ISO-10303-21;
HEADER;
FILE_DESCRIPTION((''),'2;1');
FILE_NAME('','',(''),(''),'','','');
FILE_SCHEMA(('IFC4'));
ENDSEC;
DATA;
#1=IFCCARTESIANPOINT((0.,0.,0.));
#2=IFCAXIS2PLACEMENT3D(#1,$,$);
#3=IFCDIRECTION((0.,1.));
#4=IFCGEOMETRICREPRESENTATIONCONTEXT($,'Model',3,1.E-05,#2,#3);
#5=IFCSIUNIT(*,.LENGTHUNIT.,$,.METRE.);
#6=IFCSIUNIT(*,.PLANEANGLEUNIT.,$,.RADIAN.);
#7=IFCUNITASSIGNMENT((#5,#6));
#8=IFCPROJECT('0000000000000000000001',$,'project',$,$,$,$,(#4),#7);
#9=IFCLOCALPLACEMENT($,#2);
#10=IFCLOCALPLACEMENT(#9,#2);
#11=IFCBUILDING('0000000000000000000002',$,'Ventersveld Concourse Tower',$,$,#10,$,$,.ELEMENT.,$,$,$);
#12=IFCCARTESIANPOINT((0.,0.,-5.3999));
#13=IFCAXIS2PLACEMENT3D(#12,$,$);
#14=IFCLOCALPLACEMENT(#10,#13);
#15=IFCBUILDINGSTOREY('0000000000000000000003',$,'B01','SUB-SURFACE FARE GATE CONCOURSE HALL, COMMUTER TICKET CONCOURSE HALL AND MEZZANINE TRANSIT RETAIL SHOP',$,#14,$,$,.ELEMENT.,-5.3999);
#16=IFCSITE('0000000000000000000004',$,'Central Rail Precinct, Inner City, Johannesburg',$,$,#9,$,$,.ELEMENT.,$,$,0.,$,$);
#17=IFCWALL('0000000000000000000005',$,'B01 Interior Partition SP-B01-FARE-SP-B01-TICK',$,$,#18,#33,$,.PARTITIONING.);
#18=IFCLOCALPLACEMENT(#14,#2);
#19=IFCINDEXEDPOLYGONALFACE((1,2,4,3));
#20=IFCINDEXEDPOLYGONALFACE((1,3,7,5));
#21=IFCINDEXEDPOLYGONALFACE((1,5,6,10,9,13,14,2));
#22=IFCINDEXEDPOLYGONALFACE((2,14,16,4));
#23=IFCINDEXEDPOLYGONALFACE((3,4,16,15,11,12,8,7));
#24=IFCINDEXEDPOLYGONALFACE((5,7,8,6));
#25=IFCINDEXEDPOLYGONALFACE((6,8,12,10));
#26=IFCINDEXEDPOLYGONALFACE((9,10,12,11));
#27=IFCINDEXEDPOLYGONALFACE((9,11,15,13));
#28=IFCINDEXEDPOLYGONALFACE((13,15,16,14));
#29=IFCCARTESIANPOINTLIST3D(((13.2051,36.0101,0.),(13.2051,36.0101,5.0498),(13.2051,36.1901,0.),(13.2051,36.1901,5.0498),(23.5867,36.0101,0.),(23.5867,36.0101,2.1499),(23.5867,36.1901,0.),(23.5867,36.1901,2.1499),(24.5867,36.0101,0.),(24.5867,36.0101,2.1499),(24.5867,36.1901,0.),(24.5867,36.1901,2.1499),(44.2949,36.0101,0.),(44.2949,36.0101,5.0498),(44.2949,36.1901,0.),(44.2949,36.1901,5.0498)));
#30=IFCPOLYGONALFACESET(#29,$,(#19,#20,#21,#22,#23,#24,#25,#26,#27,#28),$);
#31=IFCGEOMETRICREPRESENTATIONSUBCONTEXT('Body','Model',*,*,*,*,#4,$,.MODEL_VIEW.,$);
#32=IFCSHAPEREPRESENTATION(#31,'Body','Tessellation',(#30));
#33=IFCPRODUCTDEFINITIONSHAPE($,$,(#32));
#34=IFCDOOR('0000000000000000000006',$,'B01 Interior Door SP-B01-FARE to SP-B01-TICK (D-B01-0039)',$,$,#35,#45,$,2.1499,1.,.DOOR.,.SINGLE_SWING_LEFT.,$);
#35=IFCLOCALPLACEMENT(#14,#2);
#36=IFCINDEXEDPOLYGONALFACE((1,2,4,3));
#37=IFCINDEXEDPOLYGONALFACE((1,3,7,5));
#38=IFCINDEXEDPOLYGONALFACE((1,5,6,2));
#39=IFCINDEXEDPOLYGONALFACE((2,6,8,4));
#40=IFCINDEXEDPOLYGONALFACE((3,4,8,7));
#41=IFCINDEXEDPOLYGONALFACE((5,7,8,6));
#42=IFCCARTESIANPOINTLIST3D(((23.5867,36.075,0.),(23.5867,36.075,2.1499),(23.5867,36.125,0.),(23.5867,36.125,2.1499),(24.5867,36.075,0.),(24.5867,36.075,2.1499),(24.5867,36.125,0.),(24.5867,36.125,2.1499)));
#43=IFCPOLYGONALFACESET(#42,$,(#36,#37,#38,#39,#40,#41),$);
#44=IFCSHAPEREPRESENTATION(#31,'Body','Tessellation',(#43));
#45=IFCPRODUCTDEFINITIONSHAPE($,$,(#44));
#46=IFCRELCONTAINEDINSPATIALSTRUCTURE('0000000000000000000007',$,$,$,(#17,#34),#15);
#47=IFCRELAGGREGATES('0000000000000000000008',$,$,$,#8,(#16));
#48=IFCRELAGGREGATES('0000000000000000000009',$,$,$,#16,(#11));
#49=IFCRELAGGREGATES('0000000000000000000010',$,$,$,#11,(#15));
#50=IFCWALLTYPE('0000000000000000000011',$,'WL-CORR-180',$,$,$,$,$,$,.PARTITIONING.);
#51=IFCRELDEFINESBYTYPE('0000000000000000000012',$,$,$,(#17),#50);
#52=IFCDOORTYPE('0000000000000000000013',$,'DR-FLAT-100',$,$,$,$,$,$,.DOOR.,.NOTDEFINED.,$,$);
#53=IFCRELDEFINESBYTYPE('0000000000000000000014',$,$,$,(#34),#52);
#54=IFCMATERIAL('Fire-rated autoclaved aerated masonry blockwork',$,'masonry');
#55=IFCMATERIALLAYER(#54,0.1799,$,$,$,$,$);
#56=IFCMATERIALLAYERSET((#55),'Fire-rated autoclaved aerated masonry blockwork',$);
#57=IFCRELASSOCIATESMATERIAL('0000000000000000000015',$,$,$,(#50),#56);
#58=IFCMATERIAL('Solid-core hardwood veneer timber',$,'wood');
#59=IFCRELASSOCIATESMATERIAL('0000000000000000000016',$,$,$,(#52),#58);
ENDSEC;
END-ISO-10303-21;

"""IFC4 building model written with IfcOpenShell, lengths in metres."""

from ifc_helpers import new_model, si_unit, direction, frame, frame_2d, origin, place, context, subcontext, project, spatial, rectangle, extrude, material, layer, layer_set, type_object, element, fill, save


model = new_model("IFC4")

# Units and contexts
model_context = context("Model", 3, precision=1e-05, world=origin(), true_north=direction((0.0, 1.0)))
body_context = subcontext(model_context, "Body", "Model", "MODEL_VIEW")
ifc_project = project(units=[si_unit("LENGTHUNIT", "METRE"), si_unit("PLANEANGLEUNIT", "RADIAN")], contexts=[model_context])

# Site, building, storey
site_placement = place(None, origin())
site = spatial("IfcSite", under=ifc_project, at=site_placement, Name="Central Rail Precinct, Inner City, Johannesburg", CompositionType="ELEMENT", RefElevation=0.0)
building_placement = place(site_placement, origin())
building = spatial("IfcBuilding", under=site, at=building_placement, Name="Ventersveld Concourse Tower", CompositionType="ELEMENT")
storey_placement = place(building_placement, frame((0.0, 0.0, -5.3999)))
storey = spatial("IfcBuildingStorey", under=building, at=storey_placement, Name="B01", Description="SUB-SURFACE FARE GATE CONCOURSE HALL, COMMUTER TICKET CONCOURSE HALL AND MEZZANINE TRANSIT RETAIL SHOP", CompositionType="ELEMENT", Elevation=-5.3999)

# Wall, opening, door
ifc_material_1 = material(Name="Fire-rated autoclaved aerated masonry blockwork", Category="masonry")
ifc_layer = layer(ifc_material_1, 0.1799)
ifc_layer_set = layer_set([ifc_layer], Name="Fire-rated autoclaved aerated masonry blockwork")
wall_type = type_object("IfcWallType", Name="WL-CORR-180", PredefinedType="PARTITIONING", material=ifc_layer_set)
wall_placement = place(storey_placement, frame((13.2051, 36.1001, 0.0), z_axis=(0.0, 0.0, 1.0), x_axis=(1.0, 0.0, 0.0)))
wall = element("IfcWall", 1, at=wall_placement, inside=storey, type_object=wall_type, Name="B01 Interior Partition SP-B01-FARE-SP-B01-TICK", PredefinedType="PARTITIONING", context=body_context, shape_type="SweptSolid", body=[
    extrude(rectangle(XDim=31.0898, YDim=0.1799, at=frame_2d((15.5449, 0.0))), origin(), (0.0, 0.0, 1.0), 5.0498),
])
opening_placement = place(wall_placement, frame((10.3816, 0.0, 0.0)))
opening = element("IfcOpeningElement", 2, at=opening_placement, cuts=wall, PredefinedType="OPENING", context=body_context, shape_type="SweptSolid", body=[
    extrude(rectangle(XDim=1.0, YDim=2.1499, at=frame_2d((0.5, 1.075))), frame((0.0, 0.1001, 0.0), z_axis=(0.0, -1.0, 0.0), x_axis=(1.0, 0.0, 0.0)), (0.0, 0.0, 1.0), 0.2),
])
ifc_material_2 = material(Name="Solid-core hardwood veneer timber", Category="wood")
door_type = type_object("IfcDoorType", Name="DR-FLAT-100", OperationType="NOTDEFINED", PredefinedType="DOOR", material=ifc_material_2)
door_placement = place(opening_placement, origin())
door = element("IfcDoor", 3, at=door_placement, inside=storey, type_object=door_type, Name="B01 Interior Door SP-B01-FARE to SP-B01-TICK (D-B01-0039)", OperationType="SINGLE_SWING_LEFT", OverallHeight=2.1499, OverallWidth=1.0, PredefinedType="DOOR", context=body_context, shape_type="SweptSolid", body=[
    extrude(rectangle(XDim=1.0, YDim=2.1499, at=frame_2d((0.5, 1.075))), frame((0.0, 0.0249, 0.0), z_axis=(0.0, -1.0, 0.0), x_axis=(1.0, 0.0, 0.0)), (0.0, 0.0, 1.0), 0.05),
])
fill(opening, door)

save(model, "model.ifc")
